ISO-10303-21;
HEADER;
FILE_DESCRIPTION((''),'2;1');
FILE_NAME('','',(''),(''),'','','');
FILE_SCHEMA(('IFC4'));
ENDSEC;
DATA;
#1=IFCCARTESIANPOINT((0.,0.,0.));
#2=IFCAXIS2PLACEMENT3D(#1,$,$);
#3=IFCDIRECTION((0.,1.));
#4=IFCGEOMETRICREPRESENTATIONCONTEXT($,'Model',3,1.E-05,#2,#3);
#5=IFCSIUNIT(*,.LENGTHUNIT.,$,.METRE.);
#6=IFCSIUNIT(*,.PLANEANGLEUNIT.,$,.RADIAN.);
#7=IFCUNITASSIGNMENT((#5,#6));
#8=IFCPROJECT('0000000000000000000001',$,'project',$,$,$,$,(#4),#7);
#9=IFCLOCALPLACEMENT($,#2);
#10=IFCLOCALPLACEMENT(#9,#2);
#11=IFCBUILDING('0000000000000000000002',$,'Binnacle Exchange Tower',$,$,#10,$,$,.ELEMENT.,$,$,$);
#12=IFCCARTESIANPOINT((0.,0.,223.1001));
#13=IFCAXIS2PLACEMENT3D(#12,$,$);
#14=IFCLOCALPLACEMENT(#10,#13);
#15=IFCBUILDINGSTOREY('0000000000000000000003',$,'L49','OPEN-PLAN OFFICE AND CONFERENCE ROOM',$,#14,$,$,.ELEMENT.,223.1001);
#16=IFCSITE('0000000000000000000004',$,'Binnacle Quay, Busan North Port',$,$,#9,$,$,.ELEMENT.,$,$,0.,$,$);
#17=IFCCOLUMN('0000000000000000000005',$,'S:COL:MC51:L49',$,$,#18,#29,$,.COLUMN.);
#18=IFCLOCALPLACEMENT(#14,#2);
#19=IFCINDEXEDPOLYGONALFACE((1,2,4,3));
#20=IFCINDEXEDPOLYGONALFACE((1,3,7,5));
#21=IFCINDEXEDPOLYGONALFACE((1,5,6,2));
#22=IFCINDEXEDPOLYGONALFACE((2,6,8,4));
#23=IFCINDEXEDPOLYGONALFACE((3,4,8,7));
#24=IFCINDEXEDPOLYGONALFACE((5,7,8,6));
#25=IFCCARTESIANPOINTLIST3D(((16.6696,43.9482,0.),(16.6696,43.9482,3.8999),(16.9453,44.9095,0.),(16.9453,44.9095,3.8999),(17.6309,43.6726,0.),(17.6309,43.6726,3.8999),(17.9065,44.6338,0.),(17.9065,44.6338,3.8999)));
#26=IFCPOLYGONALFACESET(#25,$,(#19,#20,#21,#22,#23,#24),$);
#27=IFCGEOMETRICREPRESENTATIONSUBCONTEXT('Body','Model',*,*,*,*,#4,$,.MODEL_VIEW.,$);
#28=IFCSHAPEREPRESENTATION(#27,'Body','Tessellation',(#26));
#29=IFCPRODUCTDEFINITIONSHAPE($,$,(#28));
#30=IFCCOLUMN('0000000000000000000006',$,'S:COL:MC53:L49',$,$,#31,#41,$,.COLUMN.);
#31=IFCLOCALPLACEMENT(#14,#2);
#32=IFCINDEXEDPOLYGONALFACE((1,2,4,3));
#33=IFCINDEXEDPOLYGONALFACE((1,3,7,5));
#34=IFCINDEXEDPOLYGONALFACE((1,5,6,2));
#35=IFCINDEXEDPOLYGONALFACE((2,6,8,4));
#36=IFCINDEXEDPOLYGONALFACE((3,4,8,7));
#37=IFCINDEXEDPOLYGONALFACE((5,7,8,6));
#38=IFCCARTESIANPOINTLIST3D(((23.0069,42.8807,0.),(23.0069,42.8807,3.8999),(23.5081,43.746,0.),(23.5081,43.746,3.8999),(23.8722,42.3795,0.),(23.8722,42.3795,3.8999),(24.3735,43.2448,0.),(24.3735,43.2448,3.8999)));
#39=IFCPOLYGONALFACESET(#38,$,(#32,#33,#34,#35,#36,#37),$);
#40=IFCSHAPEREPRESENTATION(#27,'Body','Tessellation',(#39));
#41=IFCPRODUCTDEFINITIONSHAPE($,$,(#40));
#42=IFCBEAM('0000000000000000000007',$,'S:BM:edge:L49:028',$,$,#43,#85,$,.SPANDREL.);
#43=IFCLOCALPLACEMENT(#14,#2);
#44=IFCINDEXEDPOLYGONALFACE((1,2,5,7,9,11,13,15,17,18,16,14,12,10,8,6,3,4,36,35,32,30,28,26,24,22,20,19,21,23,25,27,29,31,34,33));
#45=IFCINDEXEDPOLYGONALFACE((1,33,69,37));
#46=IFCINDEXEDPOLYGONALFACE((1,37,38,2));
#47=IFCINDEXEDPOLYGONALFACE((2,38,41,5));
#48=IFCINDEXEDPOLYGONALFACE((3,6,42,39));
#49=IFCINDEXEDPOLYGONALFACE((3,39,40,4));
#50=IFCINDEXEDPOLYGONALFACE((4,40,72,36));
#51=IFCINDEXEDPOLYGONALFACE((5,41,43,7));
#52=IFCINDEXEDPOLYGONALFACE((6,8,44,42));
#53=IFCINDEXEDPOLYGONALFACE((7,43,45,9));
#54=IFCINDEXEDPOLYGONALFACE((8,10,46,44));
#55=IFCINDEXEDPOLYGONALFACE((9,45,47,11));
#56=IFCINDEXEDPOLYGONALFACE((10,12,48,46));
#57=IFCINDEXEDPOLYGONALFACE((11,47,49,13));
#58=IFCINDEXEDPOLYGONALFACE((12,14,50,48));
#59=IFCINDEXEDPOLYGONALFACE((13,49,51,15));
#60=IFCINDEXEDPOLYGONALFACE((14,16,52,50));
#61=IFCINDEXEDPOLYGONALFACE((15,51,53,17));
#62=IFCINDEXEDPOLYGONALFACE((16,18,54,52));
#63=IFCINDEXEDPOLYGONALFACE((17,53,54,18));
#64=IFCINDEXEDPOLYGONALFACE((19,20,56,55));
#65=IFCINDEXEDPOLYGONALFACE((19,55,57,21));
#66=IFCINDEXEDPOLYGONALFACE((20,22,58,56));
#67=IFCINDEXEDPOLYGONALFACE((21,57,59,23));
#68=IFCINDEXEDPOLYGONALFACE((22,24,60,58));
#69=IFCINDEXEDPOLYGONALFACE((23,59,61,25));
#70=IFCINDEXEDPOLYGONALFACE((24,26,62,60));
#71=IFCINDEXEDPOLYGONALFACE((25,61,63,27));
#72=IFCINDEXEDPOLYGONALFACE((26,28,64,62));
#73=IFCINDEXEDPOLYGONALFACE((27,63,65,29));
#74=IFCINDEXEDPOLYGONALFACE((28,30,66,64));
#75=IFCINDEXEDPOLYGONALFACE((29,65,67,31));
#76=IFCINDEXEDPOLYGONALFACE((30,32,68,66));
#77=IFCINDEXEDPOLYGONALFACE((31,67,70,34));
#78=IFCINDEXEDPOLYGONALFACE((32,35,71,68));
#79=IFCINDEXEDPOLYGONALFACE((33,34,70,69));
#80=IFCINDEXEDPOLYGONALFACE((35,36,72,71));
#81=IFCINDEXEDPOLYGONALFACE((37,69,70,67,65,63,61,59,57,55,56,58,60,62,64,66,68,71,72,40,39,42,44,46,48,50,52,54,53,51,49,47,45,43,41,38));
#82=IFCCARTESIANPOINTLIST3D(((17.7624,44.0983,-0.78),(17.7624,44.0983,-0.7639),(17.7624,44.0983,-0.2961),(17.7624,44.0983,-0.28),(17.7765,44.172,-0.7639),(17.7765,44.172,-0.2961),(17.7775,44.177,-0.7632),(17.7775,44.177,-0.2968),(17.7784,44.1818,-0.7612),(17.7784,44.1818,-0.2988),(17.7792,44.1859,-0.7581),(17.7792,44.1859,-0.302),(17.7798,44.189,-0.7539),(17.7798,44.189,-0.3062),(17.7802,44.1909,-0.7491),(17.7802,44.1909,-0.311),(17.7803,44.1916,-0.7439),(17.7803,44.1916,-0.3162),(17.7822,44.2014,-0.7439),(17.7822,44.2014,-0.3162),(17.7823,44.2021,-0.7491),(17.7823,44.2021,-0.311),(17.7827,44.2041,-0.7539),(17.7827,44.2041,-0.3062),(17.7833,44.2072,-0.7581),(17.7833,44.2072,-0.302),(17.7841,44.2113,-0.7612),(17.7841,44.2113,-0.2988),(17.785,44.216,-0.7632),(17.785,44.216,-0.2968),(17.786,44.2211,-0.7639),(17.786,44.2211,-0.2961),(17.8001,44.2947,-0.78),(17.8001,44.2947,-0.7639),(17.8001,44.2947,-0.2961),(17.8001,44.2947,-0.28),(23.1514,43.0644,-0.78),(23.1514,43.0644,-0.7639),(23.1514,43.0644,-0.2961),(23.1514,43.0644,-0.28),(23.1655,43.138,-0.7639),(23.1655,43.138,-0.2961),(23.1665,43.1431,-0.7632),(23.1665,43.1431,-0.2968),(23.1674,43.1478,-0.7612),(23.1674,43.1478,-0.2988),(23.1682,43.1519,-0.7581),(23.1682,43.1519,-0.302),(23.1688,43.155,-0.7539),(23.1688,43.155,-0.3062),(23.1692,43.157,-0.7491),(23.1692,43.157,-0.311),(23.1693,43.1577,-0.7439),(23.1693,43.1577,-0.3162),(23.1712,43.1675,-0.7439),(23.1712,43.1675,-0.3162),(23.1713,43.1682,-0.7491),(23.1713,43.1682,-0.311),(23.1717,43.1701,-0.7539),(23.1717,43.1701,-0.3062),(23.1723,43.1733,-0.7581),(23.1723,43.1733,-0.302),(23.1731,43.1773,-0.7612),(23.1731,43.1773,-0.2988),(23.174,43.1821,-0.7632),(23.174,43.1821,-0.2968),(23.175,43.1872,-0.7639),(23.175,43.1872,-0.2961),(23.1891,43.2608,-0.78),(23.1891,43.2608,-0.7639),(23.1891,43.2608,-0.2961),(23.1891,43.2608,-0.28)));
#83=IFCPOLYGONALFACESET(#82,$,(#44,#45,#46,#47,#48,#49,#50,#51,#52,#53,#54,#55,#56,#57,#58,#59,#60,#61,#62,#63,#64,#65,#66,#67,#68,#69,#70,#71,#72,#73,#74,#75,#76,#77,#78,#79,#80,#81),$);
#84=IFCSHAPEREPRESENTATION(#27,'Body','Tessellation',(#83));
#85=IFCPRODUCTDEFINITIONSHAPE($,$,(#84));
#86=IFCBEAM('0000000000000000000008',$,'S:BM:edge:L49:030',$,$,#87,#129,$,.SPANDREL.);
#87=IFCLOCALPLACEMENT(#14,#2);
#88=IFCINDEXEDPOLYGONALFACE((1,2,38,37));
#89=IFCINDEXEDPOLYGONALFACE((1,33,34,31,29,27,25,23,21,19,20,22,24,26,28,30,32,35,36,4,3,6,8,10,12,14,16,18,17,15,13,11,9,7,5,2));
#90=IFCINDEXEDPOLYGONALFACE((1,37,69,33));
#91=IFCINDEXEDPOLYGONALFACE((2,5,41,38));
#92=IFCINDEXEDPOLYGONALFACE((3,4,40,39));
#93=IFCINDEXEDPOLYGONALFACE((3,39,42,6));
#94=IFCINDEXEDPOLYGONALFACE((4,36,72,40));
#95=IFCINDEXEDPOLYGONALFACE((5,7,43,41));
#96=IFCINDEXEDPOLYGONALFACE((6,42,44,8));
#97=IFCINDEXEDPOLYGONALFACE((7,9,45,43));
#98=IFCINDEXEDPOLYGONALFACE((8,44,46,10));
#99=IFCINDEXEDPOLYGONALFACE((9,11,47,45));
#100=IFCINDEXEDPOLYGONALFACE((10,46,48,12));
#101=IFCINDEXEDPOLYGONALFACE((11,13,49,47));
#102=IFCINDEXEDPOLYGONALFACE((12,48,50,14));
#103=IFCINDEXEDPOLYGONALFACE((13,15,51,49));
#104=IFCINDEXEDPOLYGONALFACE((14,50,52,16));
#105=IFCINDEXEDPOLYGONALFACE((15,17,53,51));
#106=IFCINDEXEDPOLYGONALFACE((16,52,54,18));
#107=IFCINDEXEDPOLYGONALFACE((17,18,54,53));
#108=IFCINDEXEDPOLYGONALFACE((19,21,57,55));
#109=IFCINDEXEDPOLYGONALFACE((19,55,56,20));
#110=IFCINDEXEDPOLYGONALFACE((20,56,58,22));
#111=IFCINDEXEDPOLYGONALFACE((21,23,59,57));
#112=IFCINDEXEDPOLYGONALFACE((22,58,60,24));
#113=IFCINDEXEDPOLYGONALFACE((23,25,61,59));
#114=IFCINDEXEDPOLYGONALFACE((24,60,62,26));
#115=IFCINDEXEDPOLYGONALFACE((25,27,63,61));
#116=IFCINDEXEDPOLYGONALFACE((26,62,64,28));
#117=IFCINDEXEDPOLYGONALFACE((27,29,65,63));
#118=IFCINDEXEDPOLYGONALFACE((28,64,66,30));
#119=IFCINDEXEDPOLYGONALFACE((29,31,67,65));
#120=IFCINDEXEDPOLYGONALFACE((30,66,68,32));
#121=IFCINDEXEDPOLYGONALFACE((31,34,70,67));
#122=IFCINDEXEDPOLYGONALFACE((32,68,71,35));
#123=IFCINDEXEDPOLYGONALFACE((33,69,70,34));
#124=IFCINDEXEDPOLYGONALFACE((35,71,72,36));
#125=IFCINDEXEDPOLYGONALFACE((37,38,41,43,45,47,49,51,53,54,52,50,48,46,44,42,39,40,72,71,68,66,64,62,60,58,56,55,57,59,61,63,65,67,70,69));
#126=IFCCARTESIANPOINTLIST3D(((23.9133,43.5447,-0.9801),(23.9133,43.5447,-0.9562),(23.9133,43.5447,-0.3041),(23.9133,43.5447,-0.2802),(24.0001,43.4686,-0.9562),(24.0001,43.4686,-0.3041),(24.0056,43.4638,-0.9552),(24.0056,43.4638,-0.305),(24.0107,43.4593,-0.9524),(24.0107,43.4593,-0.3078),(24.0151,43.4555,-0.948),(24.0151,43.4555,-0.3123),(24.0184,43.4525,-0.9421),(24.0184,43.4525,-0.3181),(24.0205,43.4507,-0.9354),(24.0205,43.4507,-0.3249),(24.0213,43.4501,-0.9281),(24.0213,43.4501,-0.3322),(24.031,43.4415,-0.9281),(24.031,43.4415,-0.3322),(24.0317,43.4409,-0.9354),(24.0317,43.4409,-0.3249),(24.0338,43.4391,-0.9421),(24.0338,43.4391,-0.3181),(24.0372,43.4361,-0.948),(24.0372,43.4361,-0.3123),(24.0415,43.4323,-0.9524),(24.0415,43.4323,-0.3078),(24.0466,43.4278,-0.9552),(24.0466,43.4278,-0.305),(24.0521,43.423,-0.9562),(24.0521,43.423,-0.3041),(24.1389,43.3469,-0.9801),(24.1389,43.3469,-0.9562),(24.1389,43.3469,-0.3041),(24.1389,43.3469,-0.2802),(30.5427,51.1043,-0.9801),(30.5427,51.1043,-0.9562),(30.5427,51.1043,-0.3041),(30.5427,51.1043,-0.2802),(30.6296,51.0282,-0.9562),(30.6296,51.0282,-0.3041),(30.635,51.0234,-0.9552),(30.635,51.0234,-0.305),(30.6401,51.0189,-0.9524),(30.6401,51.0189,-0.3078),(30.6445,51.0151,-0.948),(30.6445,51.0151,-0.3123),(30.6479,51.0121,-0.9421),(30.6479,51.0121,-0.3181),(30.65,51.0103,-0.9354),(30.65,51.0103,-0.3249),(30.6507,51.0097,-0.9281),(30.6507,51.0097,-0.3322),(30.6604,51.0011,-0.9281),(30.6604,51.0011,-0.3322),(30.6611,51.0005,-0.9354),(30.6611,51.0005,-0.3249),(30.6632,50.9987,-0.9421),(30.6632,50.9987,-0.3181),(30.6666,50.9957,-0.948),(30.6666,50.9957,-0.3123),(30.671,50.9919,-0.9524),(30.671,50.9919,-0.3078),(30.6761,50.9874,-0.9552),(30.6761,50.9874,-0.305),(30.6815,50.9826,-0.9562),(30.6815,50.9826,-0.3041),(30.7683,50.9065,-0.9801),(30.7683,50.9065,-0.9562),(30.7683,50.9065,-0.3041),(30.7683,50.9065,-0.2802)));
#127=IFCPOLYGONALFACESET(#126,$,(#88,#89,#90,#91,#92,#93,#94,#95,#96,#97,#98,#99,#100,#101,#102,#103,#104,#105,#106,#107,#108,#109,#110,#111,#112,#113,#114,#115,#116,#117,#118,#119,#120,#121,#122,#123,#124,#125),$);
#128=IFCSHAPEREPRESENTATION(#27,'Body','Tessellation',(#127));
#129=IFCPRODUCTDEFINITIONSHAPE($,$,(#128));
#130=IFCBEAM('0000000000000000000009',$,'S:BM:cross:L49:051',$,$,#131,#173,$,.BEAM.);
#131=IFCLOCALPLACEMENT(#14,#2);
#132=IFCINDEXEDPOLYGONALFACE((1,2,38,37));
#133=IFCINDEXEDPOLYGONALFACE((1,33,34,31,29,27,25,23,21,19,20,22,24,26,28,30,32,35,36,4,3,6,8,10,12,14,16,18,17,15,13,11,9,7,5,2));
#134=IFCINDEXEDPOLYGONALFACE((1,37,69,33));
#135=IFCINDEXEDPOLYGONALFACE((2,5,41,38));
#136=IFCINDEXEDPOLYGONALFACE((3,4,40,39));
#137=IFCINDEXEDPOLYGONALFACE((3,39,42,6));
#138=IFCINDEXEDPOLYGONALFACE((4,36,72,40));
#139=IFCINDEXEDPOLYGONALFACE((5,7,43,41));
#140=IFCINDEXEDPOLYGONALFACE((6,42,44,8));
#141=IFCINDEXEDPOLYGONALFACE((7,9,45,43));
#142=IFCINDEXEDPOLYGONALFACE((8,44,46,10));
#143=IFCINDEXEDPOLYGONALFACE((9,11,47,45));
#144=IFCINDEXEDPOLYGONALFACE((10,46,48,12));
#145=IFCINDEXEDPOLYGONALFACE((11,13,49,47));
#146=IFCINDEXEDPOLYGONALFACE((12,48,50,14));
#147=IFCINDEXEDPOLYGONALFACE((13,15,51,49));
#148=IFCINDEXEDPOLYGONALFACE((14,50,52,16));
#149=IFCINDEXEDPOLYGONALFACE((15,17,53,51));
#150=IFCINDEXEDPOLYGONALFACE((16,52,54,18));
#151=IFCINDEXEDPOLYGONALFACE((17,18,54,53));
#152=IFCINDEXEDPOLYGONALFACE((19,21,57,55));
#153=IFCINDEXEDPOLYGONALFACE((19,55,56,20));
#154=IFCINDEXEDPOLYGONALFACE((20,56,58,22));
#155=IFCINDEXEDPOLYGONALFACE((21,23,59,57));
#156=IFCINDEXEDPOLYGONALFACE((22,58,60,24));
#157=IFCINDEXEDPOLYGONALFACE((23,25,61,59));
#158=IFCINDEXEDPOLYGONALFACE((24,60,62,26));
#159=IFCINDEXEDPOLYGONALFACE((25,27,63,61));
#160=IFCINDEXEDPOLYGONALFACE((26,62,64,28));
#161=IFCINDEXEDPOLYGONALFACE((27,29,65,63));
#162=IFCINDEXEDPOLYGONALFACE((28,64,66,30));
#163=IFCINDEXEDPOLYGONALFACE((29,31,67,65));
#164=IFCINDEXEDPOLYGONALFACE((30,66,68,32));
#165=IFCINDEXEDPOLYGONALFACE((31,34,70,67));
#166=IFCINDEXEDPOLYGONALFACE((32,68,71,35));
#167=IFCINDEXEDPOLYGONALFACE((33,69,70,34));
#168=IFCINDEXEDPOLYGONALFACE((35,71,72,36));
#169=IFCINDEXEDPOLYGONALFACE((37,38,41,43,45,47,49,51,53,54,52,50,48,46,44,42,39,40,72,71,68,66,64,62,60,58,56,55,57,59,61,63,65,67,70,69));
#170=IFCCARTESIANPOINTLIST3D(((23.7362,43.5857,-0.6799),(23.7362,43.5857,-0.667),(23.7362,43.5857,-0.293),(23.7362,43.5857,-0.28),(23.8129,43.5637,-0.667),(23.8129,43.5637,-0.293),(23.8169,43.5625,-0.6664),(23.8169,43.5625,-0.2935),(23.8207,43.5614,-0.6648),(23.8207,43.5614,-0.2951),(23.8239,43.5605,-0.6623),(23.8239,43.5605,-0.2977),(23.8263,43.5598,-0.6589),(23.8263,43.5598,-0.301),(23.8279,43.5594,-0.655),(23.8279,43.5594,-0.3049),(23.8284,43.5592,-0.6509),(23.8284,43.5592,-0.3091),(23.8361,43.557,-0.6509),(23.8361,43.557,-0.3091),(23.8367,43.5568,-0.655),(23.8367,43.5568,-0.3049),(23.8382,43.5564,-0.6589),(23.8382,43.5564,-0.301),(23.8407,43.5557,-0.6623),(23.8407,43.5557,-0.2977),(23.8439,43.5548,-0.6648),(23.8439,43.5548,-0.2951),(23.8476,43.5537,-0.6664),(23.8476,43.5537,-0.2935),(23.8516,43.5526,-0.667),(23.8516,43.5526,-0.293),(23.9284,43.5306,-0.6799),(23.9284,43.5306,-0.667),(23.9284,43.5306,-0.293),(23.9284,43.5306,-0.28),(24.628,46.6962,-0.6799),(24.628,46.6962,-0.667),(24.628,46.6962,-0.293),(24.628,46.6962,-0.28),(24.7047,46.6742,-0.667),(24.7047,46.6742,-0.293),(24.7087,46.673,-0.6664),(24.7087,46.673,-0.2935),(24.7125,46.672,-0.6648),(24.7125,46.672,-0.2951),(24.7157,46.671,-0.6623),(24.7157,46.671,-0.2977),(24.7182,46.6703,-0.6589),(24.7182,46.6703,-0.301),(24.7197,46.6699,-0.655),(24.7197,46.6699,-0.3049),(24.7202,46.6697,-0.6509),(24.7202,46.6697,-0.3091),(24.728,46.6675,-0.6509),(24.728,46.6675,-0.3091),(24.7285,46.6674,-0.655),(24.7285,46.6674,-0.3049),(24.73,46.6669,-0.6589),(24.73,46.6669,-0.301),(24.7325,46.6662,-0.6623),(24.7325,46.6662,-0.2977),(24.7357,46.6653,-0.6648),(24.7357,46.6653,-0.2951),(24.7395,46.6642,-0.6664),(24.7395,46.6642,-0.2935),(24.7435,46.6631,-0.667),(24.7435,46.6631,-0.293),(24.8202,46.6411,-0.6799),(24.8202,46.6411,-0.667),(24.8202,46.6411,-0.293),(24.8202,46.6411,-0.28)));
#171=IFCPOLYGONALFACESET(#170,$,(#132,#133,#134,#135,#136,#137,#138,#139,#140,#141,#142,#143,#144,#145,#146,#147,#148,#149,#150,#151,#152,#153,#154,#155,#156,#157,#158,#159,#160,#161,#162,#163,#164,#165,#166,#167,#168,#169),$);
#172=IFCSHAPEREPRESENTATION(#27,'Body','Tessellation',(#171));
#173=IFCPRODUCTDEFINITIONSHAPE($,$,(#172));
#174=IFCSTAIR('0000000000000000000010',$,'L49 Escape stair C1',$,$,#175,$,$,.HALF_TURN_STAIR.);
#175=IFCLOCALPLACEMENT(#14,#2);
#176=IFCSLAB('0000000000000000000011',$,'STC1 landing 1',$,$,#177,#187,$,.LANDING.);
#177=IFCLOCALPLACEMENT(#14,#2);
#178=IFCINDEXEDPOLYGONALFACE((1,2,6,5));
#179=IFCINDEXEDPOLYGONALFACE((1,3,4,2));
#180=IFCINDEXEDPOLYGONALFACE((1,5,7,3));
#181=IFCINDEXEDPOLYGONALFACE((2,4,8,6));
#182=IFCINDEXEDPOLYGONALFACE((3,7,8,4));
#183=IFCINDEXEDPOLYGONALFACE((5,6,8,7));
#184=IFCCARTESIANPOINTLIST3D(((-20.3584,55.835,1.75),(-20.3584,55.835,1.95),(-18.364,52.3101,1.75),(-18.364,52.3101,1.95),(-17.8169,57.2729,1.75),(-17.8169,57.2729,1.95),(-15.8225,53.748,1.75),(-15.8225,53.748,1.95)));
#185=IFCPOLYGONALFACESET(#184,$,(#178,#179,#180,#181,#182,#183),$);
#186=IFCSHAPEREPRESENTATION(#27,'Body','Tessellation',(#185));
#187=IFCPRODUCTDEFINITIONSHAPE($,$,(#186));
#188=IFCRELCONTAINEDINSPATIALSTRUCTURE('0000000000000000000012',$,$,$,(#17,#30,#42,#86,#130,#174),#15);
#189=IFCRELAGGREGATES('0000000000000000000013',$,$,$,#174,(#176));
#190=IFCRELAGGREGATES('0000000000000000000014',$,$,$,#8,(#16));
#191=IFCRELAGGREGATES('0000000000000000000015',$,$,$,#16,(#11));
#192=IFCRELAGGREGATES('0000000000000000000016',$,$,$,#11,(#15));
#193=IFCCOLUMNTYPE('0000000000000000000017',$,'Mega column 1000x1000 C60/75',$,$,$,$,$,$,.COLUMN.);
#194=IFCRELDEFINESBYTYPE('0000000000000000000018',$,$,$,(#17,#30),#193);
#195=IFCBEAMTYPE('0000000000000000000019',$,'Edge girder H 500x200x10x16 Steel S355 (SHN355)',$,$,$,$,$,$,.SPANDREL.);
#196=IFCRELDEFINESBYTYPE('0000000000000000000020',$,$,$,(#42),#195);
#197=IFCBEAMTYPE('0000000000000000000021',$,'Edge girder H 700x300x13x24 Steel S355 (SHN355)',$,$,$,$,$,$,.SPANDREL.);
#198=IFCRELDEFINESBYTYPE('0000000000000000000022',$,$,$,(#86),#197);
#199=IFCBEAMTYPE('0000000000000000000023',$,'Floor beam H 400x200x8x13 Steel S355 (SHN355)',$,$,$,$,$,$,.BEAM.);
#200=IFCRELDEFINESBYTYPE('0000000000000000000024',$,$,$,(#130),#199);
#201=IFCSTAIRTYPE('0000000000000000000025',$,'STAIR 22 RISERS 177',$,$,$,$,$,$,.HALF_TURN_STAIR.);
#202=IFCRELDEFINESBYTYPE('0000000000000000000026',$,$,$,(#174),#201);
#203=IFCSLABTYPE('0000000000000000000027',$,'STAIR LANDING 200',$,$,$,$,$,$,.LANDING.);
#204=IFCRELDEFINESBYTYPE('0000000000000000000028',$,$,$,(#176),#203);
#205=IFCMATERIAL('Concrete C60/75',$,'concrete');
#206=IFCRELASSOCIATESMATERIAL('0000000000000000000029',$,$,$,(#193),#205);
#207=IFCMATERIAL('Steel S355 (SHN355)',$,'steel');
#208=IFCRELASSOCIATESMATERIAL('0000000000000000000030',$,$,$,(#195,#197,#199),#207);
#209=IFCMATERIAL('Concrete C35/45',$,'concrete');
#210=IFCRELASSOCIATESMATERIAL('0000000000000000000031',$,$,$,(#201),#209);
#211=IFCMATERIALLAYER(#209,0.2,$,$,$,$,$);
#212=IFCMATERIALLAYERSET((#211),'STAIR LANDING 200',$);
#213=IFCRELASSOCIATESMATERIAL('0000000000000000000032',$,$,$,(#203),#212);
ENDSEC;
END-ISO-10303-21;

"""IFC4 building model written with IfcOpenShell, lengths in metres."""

from ifc_helpers import new_model, si_unit, direction, frame, origin, origin_2d, place, context, subcontext, project, spatial, polyline, rectangle, i_section, outline, extrude, material, layer, layer_set, material_profile, profile_set, type_object, element, aggregate, save


model = new_model("IFC4")

# Units and contexts
model_context = context("Model", 3, precision=1e-05, world=origin(), true_north=direction((0.0, 1.0)))
body_context = subcontext(model_context, "Body", "Model", "MODEL_VIEW")
ifc_project = project(units=[si_unit("LENGTHUNIT", "METRE"), si_unit("PLANEANGLEUNIT", "RADIAN")], contexts=[model_context])

# Site, building, storey
site_placement = place(None, origin())
site = spatial("IfcSite", under=ifc_project, at=site_placement, Name="Binnacle Quay, Busan North Port", CompositionType="ELEMENT", RefElevation=0.0)
building_placement = place(site_placement, origin())
building = spatial("IfcBuilding", under=site, at=building_placement, Name="Binnacle Exchange Tower", CompositionType="ELEMENT")
storey_placement = place(building_placement, frame((0.0, 0.0, 223.1001)))
storey = spatial("IfcBuildingStorey", under=building, at=storey_placement, Name="L49", Description="OPEN-PLAN OFFICE AND CONFERENCE ROOM", CompositionType="ELEMENT", Elevation=223.1001)

# Columns
ifc_material_1 = material(Name="Concrete C60/75", Category="concrete")
ifc_material_profile_1 = material_profile(ifc_material_1, rectangle(XDim=1.0, YDim=1.0, at=origin_2d()), Name="Mega column 1000x1000 C60/75")
ifc_profile_set_1 = profile_set([ifc_material_profile_1], Name="Concrete C60/75")
column_type = type_object("IfcColumnType", Name="Mega column 1000x1000 C60/75", PredefinedType="COLUMN", material=ifc_profile_set_1)
for number, where, z_axis, x_axis, name in (
    (1, (17.2881, 44.291, 0.0), (0.0, 0.0, 1.0), (0.961262, -0.275637, 0.0), "S:COL:MC51:L49"),
    (2, (23.6902, 43.0627, 0.0), (0.0, 0.0, 1.0), (-0.865326, 0.501209, 0.0), "S:COL:MC53:L49"),
):
    element("IfcColumn", number, at=place(storey_placement, frame(where, z_axis=z_axis, x_axis=x_axis)), inside=storey, type_object=column_type, Name=name, PredefinedType="COLUMN", context=body_context, shape_type="SweptSolid", body=[
        extrude(rectangle(XDim=1.0, YDim=1.0, at=origin_2d()), origin(), (0.0, 0.0, 1.0), 3.8999),
    ])

# Beams
ifc_material_2 = material(Name="Steel S355 (SHN355)", Category="steel")
ifc_material_profile_2 = material_profile(ifc_material_2, i_section(OverallWidth=0.2, OverallDepth=0.5, WebThickness=0.01, FlangeThickness=0.0161, FilletRadius=0.02, at=origin_2d()), Name="H 500x200x10x16")
ifc_profile_set_2 = profile_set([ifc_material_profile_2], Name="Steel S355 (SHN355)")
beam_type_1 = type_object("IfcBeamType", Name="Edge girder H 500x200x10x16 Steel S355 (SHN355)", PredefinedType="SPANDREL", material=ifc_profile_set_2)
beam_1_placement = place(storey_placement, frame((17.7812, 44.1965, -0.53), z_axis=(0.982087, -0.188427, 0.0), x_axis=(0.188427, 0.982087, 0.0)))
element("IfcBeam", 3, at=beam_1_placement, inside=storey, type_object=beam_type_1, Name="S:BM:edge:L49:028", PredefinedType="SPANDREL", context=body_context, shape_type="SweptSolid", body=[
    extrude(i_section(OverallWidth=0.2, OverallDepth=0.5, WebThickness=0.01, FlangeThickness=0.0161, FilletRadius=0.02, at=origin_2d()), origin(), (0.0, 0.0, 1.0), 5.4873),
])
ifc_material_profile_3 = material_profile(ifc_material_2, i_section(OverallWidth=0.3, OverallDepth=0.7, WebThickness=0.0129, FlangeThickness=0.0239, FilletRadius=0.0281, at=origin_2d()), Name="H 700x300x13x24")
ifc_profile_set_3 = profile_set([ifc_material_profile_3], Name="Steel S355 (SHN355)")
beam_type_2 = type_object("IfcBeamType", Name="Edge girder H 700x300x13x24 Steel S355 (SHN355)", PredefinedType="SPANDREL", material=ifc_profile_set_3)
beam_2_placement = place(storey_placement, frame((24.0261, 43.4458, -0.6301), z_axis=(0.659336, 0.751848, 0.0), x_axis=(-0.751848, 0.659336, 0.0)))
element("IfcBeam", 4, at=beam_2_placement, inside=storey, type_object=beam_type_2, Name="S:BM:edge:L49:030", PredefinedType="SPANDREL", context=body_context, shape_type="SweptSolid", body=[
    extrude(i_section(OverallWidth=0.3, OverallDepth=0.7, WebThickness=0.0129, FlangeThickness=0.0239, FilletRadius=0.0281, at=origin_2d()), origin(), (0.0, 0.0, 1.0), 10.0547),
])
ifc_material_profile_4 = material_profile(ifc_material_2, i_section(OverallWidth=0.2, OverallDepth=0.3999, WebThickness=0.0081, FlangeThickness=0.0129, FilletRadius=0.0161, at=origin_2d()), Name="H 400x200x8x13")
ifc_profile_set_4 = profile_set([ifc_material_profile_4], Name="Steel S355 (SHN355)")
beam_type_3 = type_object("IfcBeamType", Name="Floor beam H 400x200x8x13 Steel S355 (SHN355)", PredefinedType="BEAM", material=ifc_profile_set_4)
beam_3_placement = place(storey_placement, frame((23.8323, 43.5581, -0.48), z_axis=(0.275608, 0.96127, 0.0), x_axis=(-0.96127, 0.275608, 0.0)))
element("IfcBeam", 5, at=beam_3_placement, inside=storey, type_object=beam_type_3, Name="S:BM:cross:L49:051", PredefinedType="BEAM", context=body_context, shape_type="SweptSolid", body=[
    extrude(i_section(OverallWidth=0.2, OverallDepth=0.3999, WebThickness=0.0081, FlangeThickness=0.0129, FilletRadius=0.0161, at=origin_2d()), origin(), (0.0, 0.0, 1.0), 3.2358),
])

# Stair, slab
ifc_material_3 = material(Name="Concrete C35/45", Category="concrete")
stair_type = type_object("IfcStairType", Name="STAIR 22 RISERS 177", PredefinedType="HALF_TURN_STAIR", material=ifc_material_3)
stair_1_placement = place(storey_placement, origin())
stair_1 = element("IfcStair", 6, at=stair_1_placement, inside=storey, type_object=stair_type, Name="L49 Escape stair C1", PredefinedType="HALF_TURN_STAIR")
ifc_layer_1 = layer(ifc_material_3, 0.2)
ifc_layer_set_1 = layer_set([ifc_layer_1], Name="STAIR LANDING 200")
slab_type = type_object("IfcSlabType", Name="STAIR LANDING 200", PredefinedType="LANDING", material=ifc_layer_set_1)
slab_1_placement = place(storey_placement, frame((0.0, 0.0, 1.75)))
slab_1 = element("IfcSlab", 7, at=slab_1_placement, type_object=slab_type, Name="STC1 landing 1", PredefinedType="LANDING", context=body_context, shape_type="SweptSolid", body=[
    extrude(outline(polyline([(-18.364, 52.3101), (-15.8225, 53.748), (-17.8169, 57.2729), (-20.3584, 55.835), (-18.364, 52.3101)])), origin(), (0.0, 0.0, 1.0), 0.2),
])
aggregate(stair_1, [slab_1])

save(model, "model.ifc")
